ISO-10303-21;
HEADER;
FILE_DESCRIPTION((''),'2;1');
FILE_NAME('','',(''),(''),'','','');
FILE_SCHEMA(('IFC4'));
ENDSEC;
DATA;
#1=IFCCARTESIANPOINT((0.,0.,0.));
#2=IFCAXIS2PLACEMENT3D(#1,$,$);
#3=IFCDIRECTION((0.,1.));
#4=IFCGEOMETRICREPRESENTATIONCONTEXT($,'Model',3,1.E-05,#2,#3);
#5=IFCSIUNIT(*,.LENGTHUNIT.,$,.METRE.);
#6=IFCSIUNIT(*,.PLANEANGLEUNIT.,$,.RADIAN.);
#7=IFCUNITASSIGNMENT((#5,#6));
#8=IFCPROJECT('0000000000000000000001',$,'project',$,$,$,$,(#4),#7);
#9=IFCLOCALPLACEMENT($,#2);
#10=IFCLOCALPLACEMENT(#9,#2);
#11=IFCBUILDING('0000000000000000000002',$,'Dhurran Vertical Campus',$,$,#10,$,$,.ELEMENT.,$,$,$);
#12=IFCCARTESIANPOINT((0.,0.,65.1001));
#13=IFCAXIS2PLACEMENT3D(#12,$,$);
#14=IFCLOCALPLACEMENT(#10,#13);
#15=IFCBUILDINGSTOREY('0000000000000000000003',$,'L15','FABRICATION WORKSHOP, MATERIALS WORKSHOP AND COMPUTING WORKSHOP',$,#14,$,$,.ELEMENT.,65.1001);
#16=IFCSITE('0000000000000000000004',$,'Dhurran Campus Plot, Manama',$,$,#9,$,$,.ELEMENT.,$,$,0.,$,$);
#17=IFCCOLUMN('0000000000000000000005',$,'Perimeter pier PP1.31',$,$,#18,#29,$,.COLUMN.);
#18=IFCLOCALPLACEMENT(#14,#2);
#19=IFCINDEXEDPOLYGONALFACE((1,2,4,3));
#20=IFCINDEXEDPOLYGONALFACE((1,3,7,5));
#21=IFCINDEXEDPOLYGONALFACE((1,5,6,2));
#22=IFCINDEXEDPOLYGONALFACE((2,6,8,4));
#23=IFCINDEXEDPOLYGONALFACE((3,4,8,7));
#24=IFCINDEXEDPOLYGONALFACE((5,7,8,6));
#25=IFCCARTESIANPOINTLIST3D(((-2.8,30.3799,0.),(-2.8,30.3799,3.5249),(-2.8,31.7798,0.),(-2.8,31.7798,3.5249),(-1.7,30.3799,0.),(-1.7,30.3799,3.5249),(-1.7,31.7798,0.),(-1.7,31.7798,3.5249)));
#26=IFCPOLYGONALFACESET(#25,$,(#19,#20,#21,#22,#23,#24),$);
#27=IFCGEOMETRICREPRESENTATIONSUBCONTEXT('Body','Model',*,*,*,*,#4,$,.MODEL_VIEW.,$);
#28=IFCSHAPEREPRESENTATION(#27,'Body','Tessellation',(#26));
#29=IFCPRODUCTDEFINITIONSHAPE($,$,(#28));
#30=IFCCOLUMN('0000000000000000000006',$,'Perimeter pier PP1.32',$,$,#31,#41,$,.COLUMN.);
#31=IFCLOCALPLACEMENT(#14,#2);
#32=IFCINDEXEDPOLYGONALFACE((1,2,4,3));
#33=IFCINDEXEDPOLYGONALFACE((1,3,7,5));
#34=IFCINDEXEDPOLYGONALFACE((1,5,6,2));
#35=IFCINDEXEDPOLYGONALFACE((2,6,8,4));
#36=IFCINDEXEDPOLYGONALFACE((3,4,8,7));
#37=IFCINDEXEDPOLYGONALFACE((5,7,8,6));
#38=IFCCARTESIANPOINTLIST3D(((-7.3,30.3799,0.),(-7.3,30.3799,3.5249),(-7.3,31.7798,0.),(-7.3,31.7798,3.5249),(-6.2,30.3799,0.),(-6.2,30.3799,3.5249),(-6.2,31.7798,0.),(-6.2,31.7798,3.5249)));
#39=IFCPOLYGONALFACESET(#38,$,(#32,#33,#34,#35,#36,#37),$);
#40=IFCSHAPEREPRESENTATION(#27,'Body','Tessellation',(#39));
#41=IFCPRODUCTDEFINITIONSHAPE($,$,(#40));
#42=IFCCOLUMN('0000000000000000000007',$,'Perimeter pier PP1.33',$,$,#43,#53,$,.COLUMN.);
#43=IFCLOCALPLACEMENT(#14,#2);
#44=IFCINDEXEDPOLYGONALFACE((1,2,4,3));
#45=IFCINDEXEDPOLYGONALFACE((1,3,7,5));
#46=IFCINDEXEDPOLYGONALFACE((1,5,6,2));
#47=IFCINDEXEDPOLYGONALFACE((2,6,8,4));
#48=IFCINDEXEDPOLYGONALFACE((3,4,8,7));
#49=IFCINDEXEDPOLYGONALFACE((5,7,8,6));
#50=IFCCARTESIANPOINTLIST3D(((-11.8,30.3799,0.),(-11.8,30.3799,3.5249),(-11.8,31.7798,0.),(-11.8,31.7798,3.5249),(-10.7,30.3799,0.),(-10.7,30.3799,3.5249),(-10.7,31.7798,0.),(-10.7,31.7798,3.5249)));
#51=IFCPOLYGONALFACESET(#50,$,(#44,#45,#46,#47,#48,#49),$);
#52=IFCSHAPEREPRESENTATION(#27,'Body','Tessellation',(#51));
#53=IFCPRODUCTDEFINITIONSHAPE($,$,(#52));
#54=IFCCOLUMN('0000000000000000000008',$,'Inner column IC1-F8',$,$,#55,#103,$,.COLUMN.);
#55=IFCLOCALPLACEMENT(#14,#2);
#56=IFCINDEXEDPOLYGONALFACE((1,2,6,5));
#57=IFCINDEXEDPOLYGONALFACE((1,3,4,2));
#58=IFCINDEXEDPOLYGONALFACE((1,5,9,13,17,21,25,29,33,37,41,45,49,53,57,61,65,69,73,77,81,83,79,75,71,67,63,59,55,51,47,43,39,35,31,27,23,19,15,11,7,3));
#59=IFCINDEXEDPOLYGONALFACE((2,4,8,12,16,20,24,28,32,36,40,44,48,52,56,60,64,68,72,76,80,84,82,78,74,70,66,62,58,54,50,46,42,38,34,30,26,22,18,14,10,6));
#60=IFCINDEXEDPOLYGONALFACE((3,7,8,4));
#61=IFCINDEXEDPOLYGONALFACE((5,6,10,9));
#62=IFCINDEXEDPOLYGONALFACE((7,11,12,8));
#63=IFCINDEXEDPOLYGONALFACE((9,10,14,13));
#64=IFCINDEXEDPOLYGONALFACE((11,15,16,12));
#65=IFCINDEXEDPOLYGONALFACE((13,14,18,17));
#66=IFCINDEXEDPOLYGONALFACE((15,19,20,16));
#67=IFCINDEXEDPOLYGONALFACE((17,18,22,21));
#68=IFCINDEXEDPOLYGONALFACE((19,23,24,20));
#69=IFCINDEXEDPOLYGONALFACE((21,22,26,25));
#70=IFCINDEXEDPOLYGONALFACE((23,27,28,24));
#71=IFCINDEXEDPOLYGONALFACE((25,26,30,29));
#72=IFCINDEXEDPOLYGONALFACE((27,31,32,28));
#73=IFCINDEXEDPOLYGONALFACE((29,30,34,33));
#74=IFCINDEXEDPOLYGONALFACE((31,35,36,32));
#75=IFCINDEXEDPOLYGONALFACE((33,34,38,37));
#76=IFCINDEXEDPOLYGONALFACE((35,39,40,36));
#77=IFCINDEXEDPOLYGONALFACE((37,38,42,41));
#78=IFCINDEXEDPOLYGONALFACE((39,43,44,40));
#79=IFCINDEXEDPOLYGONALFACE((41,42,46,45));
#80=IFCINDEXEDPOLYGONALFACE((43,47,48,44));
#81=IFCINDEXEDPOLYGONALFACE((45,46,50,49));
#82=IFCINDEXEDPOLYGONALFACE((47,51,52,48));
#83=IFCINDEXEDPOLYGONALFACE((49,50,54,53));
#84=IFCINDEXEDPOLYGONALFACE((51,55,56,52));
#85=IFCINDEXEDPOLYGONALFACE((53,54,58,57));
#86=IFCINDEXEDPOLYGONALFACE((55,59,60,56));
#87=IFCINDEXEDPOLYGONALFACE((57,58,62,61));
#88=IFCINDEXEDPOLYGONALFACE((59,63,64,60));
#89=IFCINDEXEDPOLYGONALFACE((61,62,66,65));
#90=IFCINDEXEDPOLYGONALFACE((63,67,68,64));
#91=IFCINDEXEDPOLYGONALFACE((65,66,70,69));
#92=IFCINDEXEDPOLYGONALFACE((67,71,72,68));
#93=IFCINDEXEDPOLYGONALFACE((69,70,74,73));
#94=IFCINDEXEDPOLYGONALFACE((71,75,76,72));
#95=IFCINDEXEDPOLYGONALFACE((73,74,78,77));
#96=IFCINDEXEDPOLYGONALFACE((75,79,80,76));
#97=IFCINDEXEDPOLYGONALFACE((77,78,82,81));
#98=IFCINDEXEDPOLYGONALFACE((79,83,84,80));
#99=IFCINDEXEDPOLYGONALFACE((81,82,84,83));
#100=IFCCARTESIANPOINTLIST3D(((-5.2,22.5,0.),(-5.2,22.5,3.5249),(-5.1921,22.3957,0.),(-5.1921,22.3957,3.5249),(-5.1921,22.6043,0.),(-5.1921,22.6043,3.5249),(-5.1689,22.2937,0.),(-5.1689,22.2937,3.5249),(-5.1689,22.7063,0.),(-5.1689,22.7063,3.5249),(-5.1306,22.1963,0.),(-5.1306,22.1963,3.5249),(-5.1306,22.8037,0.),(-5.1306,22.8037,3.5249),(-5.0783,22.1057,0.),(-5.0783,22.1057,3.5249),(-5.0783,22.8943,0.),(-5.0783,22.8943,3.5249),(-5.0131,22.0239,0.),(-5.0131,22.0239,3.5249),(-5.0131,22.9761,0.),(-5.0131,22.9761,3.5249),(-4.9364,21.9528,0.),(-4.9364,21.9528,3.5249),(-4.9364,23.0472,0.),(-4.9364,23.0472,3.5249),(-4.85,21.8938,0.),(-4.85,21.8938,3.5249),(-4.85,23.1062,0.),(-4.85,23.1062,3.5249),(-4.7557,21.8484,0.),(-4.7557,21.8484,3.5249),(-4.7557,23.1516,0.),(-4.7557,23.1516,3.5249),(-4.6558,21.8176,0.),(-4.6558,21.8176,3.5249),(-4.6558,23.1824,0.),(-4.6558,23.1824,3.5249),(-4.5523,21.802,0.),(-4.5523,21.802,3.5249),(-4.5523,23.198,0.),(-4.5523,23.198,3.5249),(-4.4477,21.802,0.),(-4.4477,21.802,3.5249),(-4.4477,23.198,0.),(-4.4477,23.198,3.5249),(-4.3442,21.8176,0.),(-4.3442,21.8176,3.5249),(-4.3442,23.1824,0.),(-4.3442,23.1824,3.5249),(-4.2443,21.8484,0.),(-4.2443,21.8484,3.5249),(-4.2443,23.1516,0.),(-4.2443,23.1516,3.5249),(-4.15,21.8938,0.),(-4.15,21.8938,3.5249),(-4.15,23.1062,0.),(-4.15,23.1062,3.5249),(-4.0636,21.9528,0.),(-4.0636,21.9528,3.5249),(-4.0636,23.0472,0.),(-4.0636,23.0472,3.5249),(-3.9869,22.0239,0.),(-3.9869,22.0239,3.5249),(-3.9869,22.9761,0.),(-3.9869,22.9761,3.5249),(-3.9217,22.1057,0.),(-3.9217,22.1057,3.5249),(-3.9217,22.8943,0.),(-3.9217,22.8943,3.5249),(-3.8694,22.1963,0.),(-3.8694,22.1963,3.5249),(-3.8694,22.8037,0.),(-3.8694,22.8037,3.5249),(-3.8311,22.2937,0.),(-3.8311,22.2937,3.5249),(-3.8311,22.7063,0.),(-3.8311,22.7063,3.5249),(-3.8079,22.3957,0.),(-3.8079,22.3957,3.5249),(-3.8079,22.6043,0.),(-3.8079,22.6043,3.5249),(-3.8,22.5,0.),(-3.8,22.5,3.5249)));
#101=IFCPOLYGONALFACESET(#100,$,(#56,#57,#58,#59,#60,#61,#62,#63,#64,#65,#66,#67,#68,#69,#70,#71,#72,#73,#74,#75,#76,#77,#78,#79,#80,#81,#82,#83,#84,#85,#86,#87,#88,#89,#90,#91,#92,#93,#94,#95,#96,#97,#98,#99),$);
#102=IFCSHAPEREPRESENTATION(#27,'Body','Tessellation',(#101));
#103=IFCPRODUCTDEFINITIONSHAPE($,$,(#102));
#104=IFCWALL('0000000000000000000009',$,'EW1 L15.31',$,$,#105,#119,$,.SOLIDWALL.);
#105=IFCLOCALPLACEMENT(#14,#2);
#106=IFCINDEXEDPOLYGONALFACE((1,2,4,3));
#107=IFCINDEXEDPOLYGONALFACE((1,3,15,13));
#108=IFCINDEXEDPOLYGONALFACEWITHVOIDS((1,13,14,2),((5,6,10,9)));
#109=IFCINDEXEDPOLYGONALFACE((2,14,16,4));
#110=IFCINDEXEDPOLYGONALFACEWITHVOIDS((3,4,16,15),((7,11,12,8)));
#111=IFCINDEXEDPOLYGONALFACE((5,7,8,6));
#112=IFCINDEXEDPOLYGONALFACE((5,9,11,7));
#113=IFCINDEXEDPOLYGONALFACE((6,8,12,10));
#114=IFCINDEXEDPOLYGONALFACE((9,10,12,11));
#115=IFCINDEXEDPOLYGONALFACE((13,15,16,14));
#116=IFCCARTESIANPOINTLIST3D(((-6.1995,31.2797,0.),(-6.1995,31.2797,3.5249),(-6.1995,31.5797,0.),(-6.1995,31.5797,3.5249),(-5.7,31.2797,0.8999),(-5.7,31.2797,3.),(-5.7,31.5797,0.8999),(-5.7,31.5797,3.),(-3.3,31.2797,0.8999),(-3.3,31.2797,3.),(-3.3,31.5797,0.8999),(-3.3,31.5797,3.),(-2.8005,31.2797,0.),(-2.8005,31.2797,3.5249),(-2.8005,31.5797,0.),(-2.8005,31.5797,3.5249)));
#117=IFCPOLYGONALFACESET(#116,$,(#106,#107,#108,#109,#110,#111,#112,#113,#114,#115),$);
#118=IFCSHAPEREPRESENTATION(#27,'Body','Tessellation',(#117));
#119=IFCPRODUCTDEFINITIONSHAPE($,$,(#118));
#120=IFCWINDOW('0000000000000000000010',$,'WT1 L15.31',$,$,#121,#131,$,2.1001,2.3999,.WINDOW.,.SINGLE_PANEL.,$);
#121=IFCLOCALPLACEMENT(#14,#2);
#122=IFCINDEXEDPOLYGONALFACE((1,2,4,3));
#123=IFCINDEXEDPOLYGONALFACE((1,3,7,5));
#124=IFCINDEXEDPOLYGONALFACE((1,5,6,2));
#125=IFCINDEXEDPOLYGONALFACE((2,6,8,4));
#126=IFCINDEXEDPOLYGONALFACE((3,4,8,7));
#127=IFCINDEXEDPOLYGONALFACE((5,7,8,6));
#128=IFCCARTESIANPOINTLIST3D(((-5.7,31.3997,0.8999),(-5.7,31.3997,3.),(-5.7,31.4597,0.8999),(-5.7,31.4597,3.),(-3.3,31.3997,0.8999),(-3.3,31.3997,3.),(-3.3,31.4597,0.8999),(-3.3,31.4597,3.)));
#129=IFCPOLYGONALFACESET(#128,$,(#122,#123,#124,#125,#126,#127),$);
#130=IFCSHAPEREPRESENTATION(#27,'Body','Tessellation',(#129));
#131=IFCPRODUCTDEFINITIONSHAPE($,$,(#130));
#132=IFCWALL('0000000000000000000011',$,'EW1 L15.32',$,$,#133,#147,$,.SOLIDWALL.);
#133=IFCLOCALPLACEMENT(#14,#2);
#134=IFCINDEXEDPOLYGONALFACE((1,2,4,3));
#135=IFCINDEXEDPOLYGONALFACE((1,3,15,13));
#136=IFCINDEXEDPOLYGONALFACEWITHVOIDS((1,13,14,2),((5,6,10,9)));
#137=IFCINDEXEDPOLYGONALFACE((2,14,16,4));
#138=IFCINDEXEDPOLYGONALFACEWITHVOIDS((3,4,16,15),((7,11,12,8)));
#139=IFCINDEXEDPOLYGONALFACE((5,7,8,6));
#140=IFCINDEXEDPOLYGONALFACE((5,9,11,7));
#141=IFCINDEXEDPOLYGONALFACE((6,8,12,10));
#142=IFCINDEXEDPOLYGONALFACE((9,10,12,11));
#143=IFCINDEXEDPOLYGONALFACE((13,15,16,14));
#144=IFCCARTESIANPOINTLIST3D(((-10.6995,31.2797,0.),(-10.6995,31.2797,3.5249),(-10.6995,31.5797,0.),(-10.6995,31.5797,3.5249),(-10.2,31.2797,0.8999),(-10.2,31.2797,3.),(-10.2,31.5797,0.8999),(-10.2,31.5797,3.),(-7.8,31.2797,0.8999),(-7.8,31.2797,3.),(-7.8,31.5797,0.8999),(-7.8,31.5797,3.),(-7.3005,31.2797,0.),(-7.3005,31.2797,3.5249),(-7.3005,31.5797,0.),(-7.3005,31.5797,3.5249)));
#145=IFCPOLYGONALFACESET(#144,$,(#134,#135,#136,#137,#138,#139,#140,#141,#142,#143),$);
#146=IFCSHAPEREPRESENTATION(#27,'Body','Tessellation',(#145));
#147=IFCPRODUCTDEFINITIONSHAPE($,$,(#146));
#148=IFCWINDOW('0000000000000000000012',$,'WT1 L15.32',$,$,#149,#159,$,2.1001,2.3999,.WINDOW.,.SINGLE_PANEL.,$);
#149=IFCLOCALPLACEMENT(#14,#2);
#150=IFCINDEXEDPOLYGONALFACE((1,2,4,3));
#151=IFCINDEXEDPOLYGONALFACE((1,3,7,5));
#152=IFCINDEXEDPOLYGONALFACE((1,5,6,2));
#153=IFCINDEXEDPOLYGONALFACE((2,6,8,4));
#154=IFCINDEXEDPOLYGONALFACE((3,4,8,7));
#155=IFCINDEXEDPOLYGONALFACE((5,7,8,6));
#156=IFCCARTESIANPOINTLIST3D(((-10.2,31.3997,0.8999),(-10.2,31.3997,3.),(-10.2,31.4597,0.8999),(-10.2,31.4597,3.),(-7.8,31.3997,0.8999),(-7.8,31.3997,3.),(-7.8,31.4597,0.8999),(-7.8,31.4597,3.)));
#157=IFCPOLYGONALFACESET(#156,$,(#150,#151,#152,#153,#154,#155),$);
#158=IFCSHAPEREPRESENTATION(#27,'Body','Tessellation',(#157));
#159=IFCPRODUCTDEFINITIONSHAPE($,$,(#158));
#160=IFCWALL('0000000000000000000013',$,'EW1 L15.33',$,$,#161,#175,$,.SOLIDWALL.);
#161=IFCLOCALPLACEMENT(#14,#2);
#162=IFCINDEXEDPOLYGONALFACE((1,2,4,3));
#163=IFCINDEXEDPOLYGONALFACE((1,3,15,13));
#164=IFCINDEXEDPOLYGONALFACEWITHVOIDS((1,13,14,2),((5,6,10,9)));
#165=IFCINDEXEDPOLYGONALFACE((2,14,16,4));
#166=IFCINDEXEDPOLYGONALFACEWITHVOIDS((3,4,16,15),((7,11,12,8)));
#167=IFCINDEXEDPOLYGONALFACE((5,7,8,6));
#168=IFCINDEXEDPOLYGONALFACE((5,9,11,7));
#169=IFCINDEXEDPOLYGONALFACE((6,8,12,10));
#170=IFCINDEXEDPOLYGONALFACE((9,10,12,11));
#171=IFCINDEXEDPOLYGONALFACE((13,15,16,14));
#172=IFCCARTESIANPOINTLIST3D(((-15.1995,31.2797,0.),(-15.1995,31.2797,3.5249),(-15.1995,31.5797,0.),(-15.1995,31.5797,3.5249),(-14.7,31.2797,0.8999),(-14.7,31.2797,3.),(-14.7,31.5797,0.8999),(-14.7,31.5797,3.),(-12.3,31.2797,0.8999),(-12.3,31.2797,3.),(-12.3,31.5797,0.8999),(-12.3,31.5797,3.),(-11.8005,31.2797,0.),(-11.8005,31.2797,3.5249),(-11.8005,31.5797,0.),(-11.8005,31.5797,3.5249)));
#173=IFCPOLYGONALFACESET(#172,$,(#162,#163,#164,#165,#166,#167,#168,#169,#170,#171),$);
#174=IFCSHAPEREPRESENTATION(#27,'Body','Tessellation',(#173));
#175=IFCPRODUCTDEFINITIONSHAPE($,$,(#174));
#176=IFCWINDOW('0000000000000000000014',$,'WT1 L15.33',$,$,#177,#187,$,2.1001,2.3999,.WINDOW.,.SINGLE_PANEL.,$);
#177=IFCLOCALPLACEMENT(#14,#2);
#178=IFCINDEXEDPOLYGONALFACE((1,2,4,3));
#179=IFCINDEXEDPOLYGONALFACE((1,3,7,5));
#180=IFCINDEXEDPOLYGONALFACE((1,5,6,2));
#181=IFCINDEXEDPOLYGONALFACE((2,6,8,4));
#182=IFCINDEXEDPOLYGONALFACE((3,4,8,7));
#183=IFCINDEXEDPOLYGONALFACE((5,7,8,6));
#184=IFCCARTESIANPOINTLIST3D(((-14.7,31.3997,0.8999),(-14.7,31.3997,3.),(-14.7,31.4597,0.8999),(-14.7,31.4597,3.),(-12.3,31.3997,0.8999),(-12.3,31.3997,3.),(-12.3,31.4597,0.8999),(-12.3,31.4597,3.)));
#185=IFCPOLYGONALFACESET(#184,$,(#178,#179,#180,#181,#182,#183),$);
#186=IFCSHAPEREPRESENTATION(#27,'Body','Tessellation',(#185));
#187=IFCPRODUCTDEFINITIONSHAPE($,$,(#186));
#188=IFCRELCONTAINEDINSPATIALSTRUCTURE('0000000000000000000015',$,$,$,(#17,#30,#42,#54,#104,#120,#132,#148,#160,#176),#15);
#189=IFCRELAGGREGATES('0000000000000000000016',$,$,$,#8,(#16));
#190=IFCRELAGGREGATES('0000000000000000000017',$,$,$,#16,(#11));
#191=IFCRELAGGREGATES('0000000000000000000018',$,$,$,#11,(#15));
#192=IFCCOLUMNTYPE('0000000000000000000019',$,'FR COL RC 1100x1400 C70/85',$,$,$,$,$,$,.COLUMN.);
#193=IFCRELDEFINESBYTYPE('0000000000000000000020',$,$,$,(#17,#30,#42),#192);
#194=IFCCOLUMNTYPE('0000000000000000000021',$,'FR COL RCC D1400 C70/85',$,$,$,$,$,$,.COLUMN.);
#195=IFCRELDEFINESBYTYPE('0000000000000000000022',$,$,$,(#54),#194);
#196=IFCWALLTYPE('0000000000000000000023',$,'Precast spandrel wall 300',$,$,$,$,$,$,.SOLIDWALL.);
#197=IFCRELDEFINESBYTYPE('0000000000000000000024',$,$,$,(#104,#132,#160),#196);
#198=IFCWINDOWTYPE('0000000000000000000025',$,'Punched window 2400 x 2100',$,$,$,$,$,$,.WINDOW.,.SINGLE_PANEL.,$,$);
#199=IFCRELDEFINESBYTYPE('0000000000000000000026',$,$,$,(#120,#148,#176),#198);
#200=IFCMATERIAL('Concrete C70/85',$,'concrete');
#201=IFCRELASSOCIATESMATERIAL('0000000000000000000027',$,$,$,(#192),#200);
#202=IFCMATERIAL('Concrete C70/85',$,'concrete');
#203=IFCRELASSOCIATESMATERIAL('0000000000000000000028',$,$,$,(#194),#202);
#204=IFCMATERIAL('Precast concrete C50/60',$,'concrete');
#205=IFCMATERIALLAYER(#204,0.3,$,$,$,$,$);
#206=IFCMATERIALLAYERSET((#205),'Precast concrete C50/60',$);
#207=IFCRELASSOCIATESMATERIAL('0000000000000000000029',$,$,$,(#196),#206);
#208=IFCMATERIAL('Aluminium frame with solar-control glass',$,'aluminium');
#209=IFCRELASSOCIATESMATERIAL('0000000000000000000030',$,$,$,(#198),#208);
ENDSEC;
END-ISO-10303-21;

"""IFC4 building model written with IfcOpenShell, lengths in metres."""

from ifc_helpers import new_model, si_unit, direction, frame, frame_2d, origin, origin_2d, place, context, subcontext, project, spatial, rectangle, circle, extrude, material, layer, layer_set, material_profile, profile_set, type_object, element, fill, save


model = new_model("IFC4")

# Units and contexts
model_context = context("Model", 3, precision=1e-05, world=origin(), true_north=direction((0.0, 1.0)))
body_context = subcontext(model_context, "Body", "Model", "MODEL_VIEW")
ifc_project = project(units=[si_unit("LENGTHUNIT", "METRE"), si_unit("PLANEANGLEUNIT", "RADIAN")], contexts=[model_context])

# Site, building, storey
site_placement = place(None, origin())
site = spatial("IfcSite", under=ifc_project, at=site_placement, Name="Dhurran Campus Plot, Manama", CompositionType="ELEMENT", RefElevation=0.0)
building_placement = place(site_placement, origin())
building = spatial("IfcBuilding", under=site, at=building_placement, Name="Dhurran Vertical Campus", CompositionType="ELEMENT")
storey_placement = place(building_placement, frame((0.0, 0.0, 65.1001)))
storey = spatial("IfcBuildingStorey", under=building, at=storey_placement, Name="L15", Description="FABRICATION WORKSHOP, MATERIALS WORKSHOP AND COMPUTING WORKSHOP", CompositionType="ELEMENT", Elevation=65.1001)

# Columns
ifc_material_1 = material(Name="Concrete C70/85", Category="concrete")
ifc_material_profile_1 = material_profile(ifc_material_1, rectangle(XDim=1.1001, YDim=1.3999, at=origin_2d()), Name="RC 1100x1400")
ifc_profile_set_1 = profile_set([ifc_material_profile_1], Name="Concrete C70/85")
column_type_1 = type_object("IfcColumnType", Name="FR COL RC 1100x1400 C70/85", PredefinedType="COLUMN", material=ifc_profile_set_1)
for number, where, z_axis, x_axis, name in (
    (1, (-2.25, 31.0798, 0.0), (0.0, 0.0, 1.0), (-1.0, 0.0, 0.0), "Perimeter pier PP1.31"),
    (2, (-6.75, 31.0798, 0.0), (0.0, 0.0, 1.0), (-1.0, 0.0, 0.0), "Perimeter pier PP1.32"),
    (3, (-11.25, 31.0798, 0.0), (0.0, 0.0, 1.0), (-1.0, 0.0, 0.0), "Perimeter pier PP1.33"),
):
    element("IfcColumn", number, at=place(storey_placement, frame(where, z_axis=z_axis, x_axis=x_axis)), inside=storey, type_object=column_type_1, Name=name, PredefinedType="COLUMN", context=body_context, shape_type="SweptSolid", body=[
        extrude(rectangle(XDim=1.1001, YDim=1.3999, at=origin_2d()), origin(), (0.0, 0.0, 1.0), 3.5249),
    ])
ifc_material_2 = material(Name="Concrete C70/85", Category="concrete")
ifc_material_profile_2 = material_profile(ifc_material_2, circle(Radius=0.7, at=origin_2d()), Name="RCC D1400")
ifc_profile_set_2 = profile_set([ifc_material_profile_2], Name="Concrete C70/85")
column_type_2 = type_object("IfcColumnType", Name="FR COL RCC D1400 C70/85", PredefinedType="COLUMN", material=ifc_profile_set_2)
column_placement = place(storey_placement, frame((-4.5, 22.5, 0.0), z_axis=(0.0, 0.0, 1.0), x_axis=(1.0, 0.0, 0.0)))
element("IfcColumn", 4, at=column_placement, inside=storey, type_object=column_type_2, Name="Inner column IC1-F8", PredefinedType="COLUMN", context=body_context, shape_type="SweptSolid", body=[
    extrude(circle(Radius=0.7, at=origin_2d()), origin(), (0.0, 0.0, 1.0), 3.5249),
])

# Walls, openings, windows
ifc_material_3 = material(Name="Precast concrete C50/60", Category="concrete")
ifc_layer_1 = layer(ifc_material_3, 0.3)
ifc_layer_set_1 = layer_set([ifc_layer_1], Name="Precast concrete C50/60")
wall_type_1 = type_object("IfcWallType", Name="Precast spandrel wall 300", PredefinedType="SOLIDWALL", material=ifc_layer_set_1)
wall_1_placement = place(storey_placement, frame((-2.8005, 31.4297, 0.0), z_axis=(0.0, 0.0, 1.0), x_axis=(-1.0, 0.0, 0.0)))
wall_1 = element("IfcWall", 5, at=wall_1_placement, inside=storey, type_object=wall_type_1, Name="EW1 L15.31", PredefinedType="SOLIDWALL", context=body_context, shape_type="SweptSolid", body=[
    extrude(rectangle(XDim=3.3989, YDim=0.3, at=frame_2d((1.6995, 0.0))), origin(), (0.0, 0.0, 1.0), 3.5249),
])
opening_1_placement = place(wall_1_placement, frame((0.4995, 0.0, 0.8999)))
opening_1 = element("IfcOpeningElement", 6, at=opening_1_placement, cuts=wall_1, PredefinedType="OPENING", context=body_context, shape_type="SweptSolid", body=[
    extrude(rectangle(XDim=2.3999, YDim=2.1001, at=frame_2d((1.2, 1.05))), frame((0.0, 0.1599, 0.0), z_axis=(0.0, -1.0, 0.0), x_axis=(1.0, 0.0, 0.0)), (0.0, 0.0, 1.0), 0.3201),
])
ifc_material_4 = material(Name="Aluminium frame with solar-control glass", Category="aluminium")
window_type = type_object("IfcWindowType", Name="Punched window 2400 x 2100", PartitioningType="SINGLE_PANEL", PredefinedType="WINDOW", material=ifc_material_4)
window_1_placement = place(opening_1_placement, origin())
window_1 = element("IfcWindow", 7, at=window_1_placement, inside=storey, type_object=window_type, Name="WT1 L15.31", OverallHeight=2.1001, OverallWidth=2.3999, PartitioningType="SINGLE_PANEL", PredefinedType="WINDOW", context=body_context, shape_type="SweptSolid", body=[
    extrude(rectangle(XDim=2.3999, YDim=2.1001, at=frame_2d((1.2, 1.05))), frame((0.0, 0.03, 0.0), z_axis=(0.0, -1.0, 0.0), x_axis=(1.0, 0.0, 0.0)), (0.0, 0.0, 1.0), 0.0601),
])
fill(opening_1, window_1)
wall_2_placement = place(storey_placement, frame((-7.3005, 31.4297, 0.0), z_axis=(0.0, 0.0, 1.0), x_axis=(-1.0, 0.0, 0.0)))
wall_2 = element("IfcWall", 8, at=wall_2_placement, inside=storey, type_object=wall_type_1, Name="EW1 L15.32", PredefinedType="SOLIDWALL", context=body_context, shape_type="SweptSolid", body=[
    extrude(rectangle(XDim=3.3989, YDim=0.3, at=frame_2d((1.6995, 0.0))), origin(), (0.0, 0.0, 1.0), 3.5249),
])
opening_2_placement = place(wall_2_placement, frame((0.4995, 0.0, 0.8999)))
opening_2 = element("IfcOpeningElement", 9, at=opening_2_placement, cuts=wall_2, PredefinedType="OPENING", context=body_context, shape_type="SweptSolid", body=[
    extrude(rectangle(XDim=2.3999, YDim=2.1001, at=frame_2d((1.2, 1.05))), frame((0.0, 0.1599, 0.0), z_axis=(0.0, -1.0, 0.0), x_axis=(1.0, 0.0, 0.0)), (0.0, 0.0, 1.0), 0.3201),
])
window_2_placement = place(opening_2_placement, origin())
window_2 = element("IfcWindow", 10, at=window_2_placement, inside=storey, type_object=window_type, Name="WT1 L15.32", OverallHeight=2.1001, OverallWidth=2.3999, PartitioningType="SINGLE_PANEL", PredefinedType="WINDOW", context=body_context, shape_type="SweptSolid", body=[
    extrude(rectangle(XDim=2.3999, YDim=2.1001, at=frame_2d((1.2, 1.05))), frame((0.0, 0.03, 0.0), z_axis=(0.0, -1.0, 0.0), x_axis=(1.0, 0.0, 0.0)), (0.0, 0.0, 1.0), 0.0601),
])
fill(opening_2, window_2)
wall_3_placement = place(storey_placement, frame((-11.8005, 31.4297, 0.0), z_axis=(0.0, 0.0, 1.0), x_axis=(-1.0, 0.0, 0.0)))
wall_3 = element("IfcWall", 11, at=wall_3_placement, inside=storey, type_object=wall_type_1, Name="EW1 L15.33", PredefinedType="SOLIDWALL", context=body_context, shape_type="SweptSolid", body=[
    extrude(rectangle(XDim=3.3989, YDim=0.3, at=frame_2d((1.6995, 0.0))), origin(), (0.0, 0.0, 1.0), 3.5249),
])
opening_3_placement = place(wall_3_placement, frame((0.4995, 0.0, 0.8999)))
opening_3 = element("IfcOpeningElement", 12, at=opening_3_placement, cuts=wall_3, PredefinedType="OPENING", context=body_context, shape_type="SweptSolid", body=[
    extrude(rectangle(XDim=2.3999, YDim=2.1001, at=frame_2d((1.2, 1.05))), frame((0.0, 0.1599, 0.0), z_axis=(0.0, -1.0, 0.0), x_axis=(1.0, 0.0, 0.0)), (0.0, 0.0, 1.0), 0.3201),
])
window_3_placement = place(opening_3_placement, origin())
window_3 = element("IfcWindow", 13, at=window_3_placement, inside=storey, type_object=window_type, Name="WT1 L15.33", OverallHeight=2.1001, OverallWidth=2.3999, PartitioningType="SINGLE_PANEL", PredefinedType="WINDOW", context=body_context, shape_type="SweptSolid", body=[
    extrude(rectangle(XDim=2.3999, YDim=2.1001, at=frame_2d((1.2, 1.05))), frame((0.0, 0.03, 0.0), z_axis=(0.0, -1.0, 0.0), x_axis=(1.0, 0.0, 0.0)), (0.0, 0.0, 1.0), 0.0601),
])
fill(opening_3, window_3)

save(model, "model.ifc")
